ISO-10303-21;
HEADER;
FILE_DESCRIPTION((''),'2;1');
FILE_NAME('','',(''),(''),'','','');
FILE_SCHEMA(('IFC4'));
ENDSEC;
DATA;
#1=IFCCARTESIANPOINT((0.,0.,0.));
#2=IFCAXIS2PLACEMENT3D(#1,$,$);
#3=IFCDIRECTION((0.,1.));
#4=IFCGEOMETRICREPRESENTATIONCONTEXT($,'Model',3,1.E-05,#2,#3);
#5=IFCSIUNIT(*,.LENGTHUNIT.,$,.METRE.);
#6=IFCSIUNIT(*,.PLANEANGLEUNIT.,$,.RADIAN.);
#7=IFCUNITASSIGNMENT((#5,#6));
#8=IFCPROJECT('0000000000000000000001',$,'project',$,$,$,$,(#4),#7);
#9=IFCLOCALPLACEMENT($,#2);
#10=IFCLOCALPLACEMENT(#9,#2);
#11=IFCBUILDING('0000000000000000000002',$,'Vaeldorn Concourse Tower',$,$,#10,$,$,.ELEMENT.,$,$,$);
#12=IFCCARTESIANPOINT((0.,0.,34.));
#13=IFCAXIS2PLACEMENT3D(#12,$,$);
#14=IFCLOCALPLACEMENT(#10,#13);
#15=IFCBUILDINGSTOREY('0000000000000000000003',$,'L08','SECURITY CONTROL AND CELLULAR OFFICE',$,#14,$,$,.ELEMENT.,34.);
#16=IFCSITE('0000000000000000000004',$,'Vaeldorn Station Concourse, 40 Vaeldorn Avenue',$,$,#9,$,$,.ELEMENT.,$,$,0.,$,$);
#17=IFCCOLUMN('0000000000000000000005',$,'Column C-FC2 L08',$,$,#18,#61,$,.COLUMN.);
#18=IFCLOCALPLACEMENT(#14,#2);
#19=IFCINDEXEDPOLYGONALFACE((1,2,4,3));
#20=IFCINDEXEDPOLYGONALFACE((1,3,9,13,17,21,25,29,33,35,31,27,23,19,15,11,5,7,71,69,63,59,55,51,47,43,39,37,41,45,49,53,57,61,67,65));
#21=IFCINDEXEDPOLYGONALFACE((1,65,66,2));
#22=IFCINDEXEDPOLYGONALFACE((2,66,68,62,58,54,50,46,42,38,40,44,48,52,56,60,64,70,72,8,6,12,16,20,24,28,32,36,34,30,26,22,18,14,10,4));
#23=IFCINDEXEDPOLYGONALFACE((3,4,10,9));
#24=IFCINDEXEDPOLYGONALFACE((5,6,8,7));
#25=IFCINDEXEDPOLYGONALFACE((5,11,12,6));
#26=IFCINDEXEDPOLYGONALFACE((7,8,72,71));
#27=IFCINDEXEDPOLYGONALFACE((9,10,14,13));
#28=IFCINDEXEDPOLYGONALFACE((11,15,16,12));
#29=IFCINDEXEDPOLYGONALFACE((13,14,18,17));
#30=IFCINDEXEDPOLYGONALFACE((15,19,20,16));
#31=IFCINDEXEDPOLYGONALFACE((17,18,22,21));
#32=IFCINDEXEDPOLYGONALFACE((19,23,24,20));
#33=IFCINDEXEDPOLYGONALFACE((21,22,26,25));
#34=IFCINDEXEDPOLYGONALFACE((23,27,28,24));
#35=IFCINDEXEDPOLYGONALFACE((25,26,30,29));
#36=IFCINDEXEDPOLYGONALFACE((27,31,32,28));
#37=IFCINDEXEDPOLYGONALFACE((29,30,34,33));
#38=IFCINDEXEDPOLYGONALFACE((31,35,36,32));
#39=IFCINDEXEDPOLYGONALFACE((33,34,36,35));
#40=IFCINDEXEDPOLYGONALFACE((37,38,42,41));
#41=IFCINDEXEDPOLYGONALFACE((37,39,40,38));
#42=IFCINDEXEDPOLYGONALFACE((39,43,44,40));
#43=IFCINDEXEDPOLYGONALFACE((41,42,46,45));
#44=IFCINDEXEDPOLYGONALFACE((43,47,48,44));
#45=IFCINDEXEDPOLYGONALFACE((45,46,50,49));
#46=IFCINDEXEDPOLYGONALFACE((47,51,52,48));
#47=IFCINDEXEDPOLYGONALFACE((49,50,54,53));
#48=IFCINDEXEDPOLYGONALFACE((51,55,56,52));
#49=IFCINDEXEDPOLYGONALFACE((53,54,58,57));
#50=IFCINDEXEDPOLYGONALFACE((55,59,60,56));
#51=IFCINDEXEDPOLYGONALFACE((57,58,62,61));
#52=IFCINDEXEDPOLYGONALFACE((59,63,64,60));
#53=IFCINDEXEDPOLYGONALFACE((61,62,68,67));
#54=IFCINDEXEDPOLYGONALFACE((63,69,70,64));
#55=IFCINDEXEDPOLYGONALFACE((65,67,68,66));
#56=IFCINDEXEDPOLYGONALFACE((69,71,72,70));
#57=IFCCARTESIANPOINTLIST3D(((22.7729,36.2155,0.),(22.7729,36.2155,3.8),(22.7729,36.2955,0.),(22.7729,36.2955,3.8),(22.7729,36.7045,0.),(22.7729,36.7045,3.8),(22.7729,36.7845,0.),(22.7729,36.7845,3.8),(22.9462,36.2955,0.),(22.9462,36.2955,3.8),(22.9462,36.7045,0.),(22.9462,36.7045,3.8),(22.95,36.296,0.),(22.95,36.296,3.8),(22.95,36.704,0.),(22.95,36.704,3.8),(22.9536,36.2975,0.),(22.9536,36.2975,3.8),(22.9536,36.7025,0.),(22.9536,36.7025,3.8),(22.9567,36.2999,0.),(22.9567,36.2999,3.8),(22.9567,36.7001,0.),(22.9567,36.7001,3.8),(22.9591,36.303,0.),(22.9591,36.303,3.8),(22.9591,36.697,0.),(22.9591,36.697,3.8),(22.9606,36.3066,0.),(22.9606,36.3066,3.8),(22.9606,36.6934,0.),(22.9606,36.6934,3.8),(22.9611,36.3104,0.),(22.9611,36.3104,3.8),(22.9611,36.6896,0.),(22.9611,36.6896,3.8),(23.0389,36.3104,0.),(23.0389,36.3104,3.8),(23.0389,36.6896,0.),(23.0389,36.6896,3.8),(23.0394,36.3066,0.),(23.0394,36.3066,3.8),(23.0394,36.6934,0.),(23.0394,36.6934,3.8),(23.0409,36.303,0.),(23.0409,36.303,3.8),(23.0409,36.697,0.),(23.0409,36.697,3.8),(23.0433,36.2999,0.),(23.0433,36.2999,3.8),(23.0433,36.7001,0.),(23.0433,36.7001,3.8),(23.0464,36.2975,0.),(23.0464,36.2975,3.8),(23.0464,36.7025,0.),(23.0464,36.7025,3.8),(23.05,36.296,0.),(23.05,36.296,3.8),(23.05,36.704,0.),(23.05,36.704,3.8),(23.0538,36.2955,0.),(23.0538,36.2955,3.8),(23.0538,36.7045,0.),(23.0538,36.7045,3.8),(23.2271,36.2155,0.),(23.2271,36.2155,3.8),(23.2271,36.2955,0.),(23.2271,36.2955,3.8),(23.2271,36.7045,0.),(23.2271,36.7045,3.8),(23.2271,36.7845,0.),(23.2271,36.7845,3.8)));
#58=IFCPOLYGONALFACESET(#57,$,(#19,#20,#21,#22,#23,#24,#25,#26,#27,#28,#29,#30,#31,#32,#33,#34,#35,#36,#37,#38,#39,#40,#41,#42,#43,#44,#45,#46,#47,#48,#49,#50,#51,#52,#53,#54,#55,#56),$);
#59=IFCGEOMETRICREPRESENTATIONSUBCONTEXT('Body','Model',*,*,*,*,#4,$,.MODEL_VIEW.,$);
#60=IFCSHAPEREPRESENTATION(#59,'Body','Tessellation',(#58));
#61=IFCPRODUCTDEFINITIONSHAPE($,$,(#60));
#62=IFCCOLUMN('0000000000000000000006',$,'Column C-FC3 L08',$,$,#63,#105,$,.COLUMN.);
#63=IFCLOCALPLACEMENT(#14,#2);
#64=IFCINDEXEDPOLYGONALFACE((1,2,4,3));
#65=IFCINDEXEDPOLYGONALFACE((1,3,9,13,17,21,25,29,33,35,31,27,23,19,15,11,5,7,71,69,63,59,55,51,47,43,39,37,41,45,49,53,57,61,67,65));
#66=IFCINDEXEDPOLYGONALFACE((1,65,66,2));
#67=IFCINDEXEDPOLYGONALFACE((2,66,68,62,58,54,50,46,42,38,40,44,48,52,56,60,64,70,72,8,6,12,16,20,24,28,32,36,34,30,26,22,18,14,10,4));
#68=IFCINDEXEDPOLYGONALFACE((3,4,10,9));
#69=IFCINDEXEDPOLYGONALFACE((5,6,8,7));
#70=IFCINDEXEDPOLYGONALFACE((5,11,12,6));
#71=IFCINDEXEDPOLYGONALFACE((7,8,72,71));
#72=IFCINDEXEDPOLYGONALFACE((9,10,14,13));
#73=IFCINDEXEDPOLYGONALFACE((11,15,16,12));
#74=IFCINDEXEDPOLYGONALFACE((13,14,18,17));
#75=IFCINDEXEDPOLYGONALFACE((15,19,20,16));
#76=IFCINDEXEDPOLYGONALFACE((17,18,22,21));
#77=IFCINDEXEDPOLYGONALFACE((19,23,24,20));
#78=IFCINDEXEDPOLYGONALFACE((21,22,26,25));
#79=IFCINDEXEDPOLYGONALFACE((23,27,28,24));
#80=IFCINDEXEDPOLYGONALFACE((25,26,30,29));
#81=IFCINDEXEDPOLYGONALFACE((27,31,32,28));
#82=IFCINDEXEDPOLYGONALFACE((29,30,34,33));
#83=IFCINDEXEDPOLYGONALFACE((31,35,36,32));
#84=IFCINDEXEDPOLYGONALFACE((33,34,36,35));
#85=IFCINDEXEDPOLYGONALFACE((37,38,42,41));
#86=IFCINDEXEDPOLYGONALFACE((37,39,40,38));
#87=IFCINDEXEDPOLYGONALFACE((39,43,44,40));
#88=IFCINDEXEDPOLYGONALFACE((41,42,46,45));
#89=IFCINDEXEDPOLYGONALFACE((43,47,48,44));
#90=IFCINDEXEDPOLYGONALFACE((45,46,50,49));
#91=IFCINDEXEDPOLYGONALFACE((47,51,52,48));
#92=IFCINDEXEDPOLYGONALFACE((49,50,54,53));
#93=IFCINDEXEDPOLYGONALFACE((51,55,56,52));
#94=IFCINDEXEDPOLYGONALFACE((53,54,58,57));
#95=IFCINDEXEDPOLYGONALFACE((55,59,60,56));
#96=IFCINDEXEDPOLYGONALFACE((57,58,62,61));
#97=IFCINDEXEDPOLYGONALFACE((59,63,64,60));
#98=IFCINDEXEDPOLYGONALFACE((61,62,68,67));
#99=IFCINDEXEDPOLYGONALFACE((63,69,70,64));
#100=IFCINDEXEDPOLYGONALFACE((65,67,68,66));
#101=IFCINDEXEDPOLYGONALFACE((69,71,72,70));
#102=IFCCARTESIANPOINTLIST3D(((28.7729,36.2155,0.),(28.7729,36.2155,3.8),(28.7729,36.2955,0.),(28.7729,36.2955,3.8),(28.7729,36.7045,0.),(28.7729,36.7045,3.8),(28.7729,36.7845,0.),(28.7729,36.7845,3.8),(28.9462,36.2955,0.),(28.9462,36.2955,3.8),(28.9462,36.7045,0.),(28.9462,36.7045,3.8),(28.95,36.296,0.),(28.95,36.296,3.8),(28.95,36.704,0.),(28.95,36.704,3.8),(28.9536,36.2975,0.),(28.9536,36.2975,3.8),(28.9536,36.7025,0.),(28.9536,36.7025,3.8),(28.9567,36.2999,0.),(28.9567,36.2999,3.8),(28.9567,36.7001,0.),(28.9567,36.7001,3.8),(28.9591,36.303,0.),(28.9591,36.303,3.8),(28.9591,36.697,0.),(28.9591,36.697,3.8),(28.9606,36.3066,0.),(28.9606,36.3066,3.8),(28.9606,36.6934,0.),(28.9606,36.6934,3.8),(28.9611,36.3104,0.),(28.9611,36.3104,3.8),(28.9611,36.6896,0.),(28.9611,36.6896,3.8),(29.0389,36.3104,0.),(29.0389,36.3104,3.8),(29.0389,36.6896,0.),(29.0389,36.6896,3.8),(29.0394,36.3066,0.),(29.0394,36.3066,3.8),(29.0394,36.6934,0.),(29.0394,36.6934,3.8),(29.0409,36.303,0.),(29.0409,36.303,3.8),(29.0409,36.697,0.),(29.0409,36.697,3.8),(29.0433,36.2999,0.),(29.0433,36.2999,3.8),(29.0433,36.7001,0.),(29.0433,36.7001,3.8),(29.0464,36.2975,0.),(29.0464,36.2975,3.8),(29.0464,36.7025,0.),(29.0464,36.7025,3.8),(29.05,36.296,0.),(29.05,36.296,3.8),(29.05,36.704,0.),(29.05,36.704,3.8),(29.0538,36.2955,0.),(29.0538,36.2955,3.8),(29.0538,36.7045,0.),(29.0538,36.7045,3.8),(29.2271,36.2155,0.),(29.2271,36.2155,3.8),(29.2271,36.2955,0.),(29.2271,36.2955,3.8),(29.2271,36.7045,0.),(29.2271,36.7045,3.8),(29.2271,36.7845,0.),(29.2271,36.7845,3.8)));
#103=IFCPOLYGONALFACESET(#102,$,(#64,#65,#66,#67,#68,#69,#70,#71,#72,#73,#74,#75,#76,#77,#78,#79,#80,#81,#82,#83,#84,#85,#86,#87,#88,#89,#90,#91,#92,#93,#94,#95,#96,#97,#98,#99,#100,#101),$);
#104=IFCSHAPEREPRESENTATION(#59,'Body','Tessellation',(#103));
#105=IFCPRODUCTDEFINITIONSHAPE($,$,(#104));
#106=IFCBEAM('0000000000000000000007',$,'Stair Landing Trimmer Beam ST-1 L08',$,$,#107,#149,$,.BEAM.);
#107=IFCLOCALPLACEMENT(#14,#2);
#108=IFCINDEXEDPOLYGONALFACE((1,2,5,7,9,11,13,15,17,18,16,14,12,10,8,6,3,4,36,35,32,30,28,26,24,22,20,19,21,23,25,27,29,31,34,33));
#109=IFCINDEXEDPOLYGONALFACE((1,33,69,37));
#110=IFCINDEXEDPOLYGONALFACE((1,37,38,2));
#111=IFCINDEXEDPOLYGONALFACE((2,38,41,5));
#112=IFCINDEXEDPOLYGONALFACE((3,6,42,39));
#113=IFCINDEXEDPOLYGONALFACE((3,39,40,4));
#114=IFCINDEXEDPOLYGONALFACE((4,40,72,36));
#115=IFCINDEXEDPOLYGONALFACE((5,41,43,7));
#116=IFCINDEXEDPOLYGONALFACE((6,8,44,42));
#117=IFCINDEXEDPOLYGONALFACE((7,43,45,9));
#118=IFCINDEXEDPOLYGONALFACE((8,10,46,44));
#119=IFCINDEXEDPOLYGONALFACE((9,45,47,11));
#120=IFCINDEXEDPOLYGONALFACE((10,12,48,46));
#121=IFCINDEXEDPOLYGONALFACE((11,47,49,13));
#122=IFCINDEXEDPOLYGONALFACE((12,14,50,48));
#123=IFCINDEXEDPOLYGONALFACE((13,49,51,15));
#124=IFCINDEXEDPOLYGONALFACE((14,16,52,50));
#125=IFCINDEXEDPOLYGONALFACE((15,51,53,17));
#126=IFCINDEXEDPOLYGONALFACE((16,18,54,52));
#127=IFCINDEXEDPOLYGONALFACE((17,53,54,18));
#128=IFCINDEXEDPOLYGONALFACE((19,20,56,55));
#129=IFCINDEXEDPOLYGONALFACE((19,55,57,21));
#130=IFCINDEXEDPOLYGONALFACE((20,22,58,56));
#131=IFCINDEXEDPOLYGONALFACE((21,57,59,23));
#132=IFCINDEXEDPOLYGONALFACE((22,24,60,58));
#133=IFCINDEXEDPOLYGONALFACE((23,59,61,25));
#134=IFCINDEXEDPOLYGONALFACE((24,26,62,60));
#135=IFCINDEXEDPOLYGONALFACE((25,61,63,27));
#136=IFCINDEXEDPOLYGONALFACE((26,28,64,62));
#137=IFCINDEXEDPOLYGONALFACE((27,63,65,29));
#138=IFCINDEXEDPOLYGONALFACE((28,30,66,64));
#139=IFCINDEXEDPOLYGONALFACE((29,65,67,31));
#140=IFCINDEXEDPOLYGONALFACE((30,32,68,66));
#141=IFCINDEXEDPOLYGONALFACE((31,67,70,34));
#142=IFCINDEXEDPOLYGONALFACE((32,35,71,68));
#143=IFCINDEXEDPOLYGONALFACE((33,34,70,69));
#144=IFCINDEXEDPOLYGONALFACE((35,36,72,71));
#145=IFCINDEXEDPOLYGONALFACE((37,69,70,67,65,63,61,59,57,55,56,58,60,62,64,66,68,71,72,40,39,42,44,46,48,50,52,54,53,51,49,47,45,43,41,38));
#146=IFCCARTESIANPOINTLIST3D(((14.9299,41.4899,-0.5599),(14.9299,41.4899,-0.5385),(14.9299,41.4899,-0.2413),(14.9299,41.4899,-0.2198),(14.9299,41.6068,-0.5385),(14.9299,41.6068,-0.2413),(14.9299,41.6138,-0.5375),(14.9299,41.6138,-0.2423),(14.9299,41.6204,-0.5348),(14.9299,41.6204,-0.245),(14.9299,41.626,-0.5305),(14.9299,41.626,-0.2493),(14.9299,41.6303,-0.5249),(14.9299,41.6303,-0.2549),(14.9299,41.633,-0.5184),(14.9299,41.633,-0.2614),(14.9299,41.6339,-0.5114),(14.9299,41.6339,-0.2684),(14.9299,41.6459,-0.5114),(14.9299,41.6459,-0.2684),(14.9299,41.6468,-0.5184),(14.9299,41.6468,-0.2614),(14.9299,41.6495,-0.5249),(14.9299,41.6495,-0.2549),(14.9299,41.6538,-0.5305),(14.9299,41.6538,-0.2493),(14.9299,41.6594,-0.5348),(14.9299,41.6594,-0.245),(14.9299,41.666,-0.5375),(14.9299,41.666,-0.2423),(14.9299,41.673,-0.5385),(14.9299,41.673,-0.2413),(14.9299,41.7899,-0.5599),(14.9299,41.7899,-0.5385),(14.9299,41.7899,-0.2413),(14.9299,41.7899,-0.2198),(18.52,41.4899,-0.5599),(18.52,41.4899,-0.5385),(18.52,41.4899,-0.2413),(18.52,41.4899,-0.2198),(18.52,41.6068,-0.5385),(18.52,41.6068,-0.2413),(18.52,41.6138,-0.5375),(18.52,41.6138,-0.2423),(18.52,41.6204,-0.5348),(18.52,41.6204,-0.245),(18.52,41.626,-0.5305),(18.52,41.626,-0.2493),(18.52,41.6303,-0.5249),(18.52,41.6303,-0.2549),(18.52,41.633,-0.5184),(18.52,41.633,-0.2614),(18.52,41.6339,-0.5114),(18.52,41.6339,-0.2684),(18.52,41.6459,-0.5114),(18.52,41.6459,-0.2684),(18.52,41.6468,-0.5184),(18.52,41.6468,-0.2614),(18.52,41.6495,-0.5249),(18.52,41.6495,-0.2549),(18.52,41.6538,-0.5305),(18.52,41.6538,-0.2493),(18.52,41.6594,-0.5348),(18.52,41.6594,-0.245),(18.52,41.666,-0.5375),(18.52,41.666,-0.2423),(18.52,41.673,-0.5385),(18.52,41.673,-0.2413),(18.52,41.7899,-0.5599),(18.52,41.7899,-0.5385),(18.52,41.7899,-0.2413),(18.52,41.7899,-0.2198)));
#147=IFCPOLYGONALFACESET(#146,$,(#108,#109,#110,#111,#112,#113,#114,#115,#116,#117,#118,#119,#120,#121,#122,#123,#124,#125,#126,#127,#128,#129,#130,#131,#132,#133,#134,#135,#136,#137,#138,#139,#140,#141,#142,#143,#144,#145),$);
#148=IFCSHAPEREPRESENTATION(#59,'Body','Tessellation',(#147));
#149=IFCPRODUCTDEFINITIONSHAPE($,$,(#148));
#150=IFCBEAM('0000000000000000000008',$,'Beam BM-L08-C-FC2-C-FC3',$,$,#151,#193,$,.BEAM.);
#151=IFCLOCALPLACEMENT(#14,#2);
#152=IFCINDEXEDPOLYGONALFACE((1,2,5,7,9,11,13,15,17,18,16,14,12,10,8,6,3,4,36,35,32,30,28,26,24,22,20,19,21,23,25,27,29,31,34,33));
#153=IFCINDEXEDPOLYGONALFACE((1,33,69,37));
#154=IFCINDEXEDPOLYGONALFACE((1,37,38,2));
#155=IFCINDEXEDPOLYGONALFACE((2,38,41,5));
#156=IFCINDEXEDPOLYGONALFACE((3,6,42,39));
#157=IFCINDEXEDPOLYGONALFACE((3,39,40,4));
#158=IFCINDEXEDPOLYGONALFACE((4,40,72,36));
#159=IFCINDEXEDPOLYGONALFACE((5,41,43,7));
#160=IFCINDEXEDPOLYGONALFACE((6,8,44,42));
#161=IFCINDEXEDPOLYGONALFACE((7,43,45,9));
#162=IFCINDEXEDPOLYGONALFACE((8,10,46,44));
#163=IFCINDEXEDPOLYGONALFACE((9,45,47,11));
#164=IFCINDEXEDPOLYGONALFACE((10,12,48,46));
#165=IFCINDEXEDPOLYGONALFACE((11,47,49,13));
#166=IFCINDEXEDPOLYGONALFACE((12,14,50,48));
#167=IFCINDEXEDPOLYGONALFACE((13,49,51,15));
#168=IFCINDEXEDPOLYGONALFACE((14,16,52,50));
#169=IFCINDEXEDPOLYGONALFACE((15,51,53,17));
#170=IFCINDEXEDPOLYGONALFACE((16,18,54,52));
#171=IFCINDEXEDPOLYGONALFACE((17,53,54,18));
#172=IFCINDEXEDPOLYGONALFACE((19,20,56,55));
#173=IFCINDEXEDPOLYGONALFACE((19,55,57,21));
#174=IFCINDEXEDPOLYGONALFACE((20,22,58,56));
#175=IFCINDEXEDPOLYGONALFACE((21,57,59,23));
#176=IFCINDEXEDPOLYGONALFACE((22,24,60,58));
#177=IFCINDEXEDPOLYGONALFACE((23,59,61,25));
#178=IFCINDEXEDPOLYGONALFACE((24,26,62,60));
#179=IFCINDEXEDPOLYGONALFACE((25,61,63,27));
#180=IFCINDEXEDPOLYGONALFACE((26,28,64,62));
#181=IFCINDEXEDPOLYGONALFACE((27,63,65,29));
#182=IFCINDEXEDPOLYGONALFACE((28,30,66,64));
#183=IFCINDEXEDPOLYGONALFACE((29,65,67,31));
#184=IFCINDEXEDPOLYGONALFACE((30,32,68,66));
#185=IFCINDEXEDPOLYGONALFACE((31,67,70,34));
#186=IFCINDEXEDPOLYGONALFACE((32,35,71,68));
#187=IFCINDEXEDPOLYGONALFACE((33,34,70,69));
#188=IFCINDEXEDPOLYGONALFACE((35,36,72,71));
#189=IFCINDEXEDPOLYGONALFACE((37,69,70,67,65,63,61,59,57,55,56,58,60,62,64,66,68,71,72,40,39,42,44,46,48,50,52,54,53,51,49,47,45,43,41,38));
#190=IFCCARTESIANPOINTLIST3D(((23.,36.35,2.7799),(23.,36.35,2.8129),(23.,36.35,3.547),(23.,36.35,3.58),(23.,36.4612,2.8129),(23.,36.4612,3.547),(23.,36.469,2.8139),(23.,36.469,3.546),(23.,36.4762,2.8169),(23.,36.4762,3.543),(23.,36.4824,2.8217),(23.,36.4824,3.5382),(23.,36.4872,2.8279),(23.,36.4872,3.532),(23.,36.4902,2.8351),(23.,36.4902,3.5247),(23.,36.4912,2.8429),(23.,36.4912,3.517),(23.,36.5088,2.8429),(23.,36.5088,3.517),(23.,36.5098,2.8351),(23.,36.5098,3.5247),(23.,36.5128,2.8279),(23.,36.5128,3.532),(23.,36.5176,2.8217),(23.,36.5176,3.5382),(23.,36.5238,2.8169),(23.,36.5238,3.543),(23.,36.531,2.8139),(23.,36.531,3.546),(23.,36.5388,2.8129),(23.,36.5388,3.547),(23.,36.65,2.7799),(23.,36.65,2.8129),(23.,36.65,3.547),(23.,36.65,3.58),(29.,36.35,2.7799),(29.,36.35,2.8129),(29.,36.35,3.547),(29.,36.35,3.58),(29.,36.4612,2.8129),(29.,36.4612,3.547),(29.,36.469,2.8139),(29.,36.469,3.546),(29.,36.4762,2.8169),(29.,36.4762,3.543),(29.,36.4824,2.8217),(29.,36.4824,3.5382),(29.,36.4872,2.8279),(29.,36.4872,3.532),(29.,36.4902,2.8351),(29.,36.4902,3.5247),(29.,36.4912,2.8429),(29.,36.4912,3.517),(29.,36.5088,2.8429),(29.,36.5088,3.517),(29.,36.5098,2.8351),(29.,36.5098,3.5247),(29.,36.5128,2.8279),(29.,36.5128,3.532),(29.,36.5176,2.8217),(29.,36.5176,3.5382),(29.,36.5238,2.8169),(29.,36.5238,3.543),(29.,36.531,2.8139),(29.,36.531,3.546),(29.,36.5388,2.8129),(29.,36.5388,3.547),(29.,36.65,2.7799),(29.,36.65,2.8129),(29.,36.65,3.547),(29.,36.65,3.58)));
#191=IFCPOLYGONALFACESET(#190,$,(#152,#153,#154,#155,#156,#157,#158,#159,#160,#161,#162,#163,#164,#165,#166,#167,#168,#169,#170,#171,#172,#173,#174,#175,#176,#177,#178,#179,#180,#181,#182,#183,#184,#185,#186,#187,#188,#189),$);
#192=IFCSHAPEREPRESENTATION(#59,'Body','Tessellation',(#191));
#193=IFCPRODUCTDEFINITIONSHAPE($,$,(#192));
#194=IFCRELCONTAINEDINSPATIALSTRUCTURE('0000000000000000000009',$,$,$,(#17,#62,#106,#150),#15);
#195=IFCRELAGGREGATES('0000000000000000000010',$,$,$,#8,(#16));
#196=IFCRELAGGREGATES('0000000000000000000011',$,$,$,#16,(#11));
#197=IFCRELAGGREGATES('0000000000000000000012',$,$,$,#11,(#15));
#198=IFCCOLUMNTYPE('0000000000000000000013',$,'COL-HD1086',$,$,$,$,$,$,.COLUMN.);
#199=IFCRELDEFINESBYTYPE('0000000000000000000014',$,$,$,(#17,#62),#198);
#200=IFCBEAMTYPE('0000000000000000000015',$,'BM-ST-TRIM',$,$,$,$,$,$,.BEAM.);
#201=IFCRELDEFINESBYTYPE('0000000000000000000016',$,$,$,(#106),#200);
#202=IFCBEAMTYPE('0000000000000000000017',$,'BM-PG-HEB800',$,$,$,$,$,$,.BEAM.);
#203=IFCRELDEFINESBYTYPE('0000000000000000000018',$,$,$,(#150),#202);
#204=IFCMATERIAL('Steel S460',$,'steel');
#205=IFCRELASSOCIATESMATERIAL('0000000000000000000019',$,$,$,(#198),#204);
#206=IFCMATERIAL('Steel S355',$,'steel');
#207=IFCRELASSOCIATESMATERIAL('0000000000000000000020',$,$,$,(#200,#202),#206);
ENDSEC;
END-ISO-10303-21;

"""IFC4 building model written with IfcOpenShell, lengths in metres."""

from ifc_helpers import new_model, si_unit, direction, frame, origin, origin_2d, place, context, subcontext, project, spatial, i_section, extrude, source, transform, mapped, material, material_profile, profile_set, type_object, element, save


model = new_model("IFC4")

# Units and contexts
model_context = context("Model", 3, precision=1e-05, world=origin(), true_north=direction((0.0, 1.0)))
body_context = subcontext(model_context, "Body", "Model", "MODEL_VIEW")
ifc_project = project(units=[si_unit("LENGTHUNIT", "METRE"), si_unit("PLANEANGLEUNIT", "RADIAN")], contexts=[model_context])

# Site, building, storey
site_placement = place(None, origin())
site = spatial("IfcSite", under=ifc_project, at=site_placement, Name="Vaeldorn Station Concourse, 40 Vaeldorn Avenue", CompositionType="ELEMENT", RefElevation=0.0)
building_placement = place(site_placement, origin())
building = spatial("IfcBuilding", under=site, at=building_placement, Name="Vaeldorn Concourse Tower", CompositionType="ELEMENT")
storey_placement = place(building_placement, frame((0.0, 0.0, 34.0)))
storey = spatial("IfcBuildingStorey", under=building, at=storey_placement, Name="L08", Description="SECURITY CONTROL AND CELLULAR OFFICE", CompositionType="ELEMENT", Elevation=34.0)

# Columns
ifc_material_1 = material(Name="Steel S460", Category="steel")
ifc_material_profile_1 = material_profile(ifc_material_1, i_section(OverallWidth=0.4541, OverallDepth=0.5691, WebThickness=0.0779, FlangeThickness=0.0801, FilletRadius=0.0149, at=origin_2d()), Name="HD 400x1086")
ifc_profile_set_1 = profile_set([ifc_material_profile_1], Name="Steel S460")
column_type = type_object("IfcColumnType", Name="COL-HD1086", PredefinedType="COLUMN", material=ifc_profile_set_1)
shared_shape_1 = source(origin(), body_context, "Body", "SweptSolid", [
    extrude(i_section(OverallWidth=0.4541, OverallDepth=0.5691, WebThickness=0.0779, FlangeThickness=0.0801, FilletRadius=0.0149, at=origin_2d()), origin(), (0.0, 0.0, 1.0), 3.8),
])
for number, where, z_axis, x_axis, name in (
    (1, (23.0, 36.5, 0.0), (0.0, 0.0, 1.0), (1.0, 0.0, 0.0), "Column C-FC2 L08"),
    (2, (29.0, 36.5, 0.0), (0.0, 0.0, 1.0), (1.0, 0.0, 0.0), "Column C-FC3 L08"),
):
    element("IfcColumn", number, at=place(storey_placement, frame(where, z_axis=z_axis, x_axis=x_axis)), inside=storey, type_object=column_type, Name=name, PredefinedType="COLUMN", context=body_context, shape_type="MappedRepresentation", body=[
        mapped(shared_shape_1, transform((0.0, 0.0, 0.0), scale=1.0)),
    ])

# Beams
ifc_material_2 = material(Name="Steel S355", Category="steel")
ifc_material_profile_2 = material_profile(ifc_material_2, i_section(OverallWidth=0.3, OverallDepth=0.3401, WebThickness=0.012, FlangeThickness=0.0215, FilletRadius=0.0271, at=origin_2d()), Name="HEB 340")
ifc_profile_set_2 = profile_set([ifc_material_profile_2], Name="Steel S355")
beam_type_1 = type_object("IfcBeamType", Name="BM-ST-TRIM", PredefinedType="BEAM", material=ifc_profile_set_2)
shared_shape_2 = source(origin(), body_context, "Body", "SweptSolid", [
    extrude(i_section(OverallWidth=0.3, OverallDepth=0.3401, WebThickness=0.012, FlangeThickness=0.0215, FilletRadius=0.0271, at=origin_2d()), origin(), (0.0, 0.0, 1.0), 3.5901),
])
beam_1_placement = place(storey_placement, frame((14.9299, 41.6399, -0.3899), z_axis=(1.0, 0.0, 0.0), x_axis=(0.0, 1.0, 0.0)))
element("IfcBeam", 3, at=beam_1_placement, inside=storey, type_object=beam_type_1, Name="Stair Landing Trimmer Beam ST-1 L08", PredefinedType="BEAM", context=body_context, shape_type="MappedRepresentation", body=[
    mapped(shared_shape_2, transform((0.0, 0.0, 0.0), scale=1.0)),
])
ifc_material_profile_3 = material_profile(ifc_material_2, i_section(OverallWidth=0.3, OverallDepth=0.8, WebThickness=0.0176, FlangeThickness=0.033, FilletRadius=0.03, at=origin_2d()), Name="HEB 800")
ifc_profile_set_3 = profile_set([ifc_material_profile_3], Name="Steel S355")
beam_type_2 = type_object("IfcBeamType", Name="BM-PG-HEB800", PredefinedType="BEAM", material=ifc_profile_set_3)
shared_shape_3 = source(origin(), body_context, "Body", "SweptSolid", [
    extrude(i_section(OverallWidth=0.3, OverallDepth=0.8, WebThickness=0.0176, FlangeThickness=0.033, FilletRadius=0.03, at=origin_2d()), origin(), (0.0, 0.0, 1.0), 6.0),
])
beam_2_placement = place(storey_placement, frame((23.0, 36.5, 3.1799), z_axis=(1.0, 0.0, 0.0), x_axis=(0.0, 1.0, 0.0)))
element("IfcBeam", 4, at=beam_2_placement, inside=storey, type_object=beam_type_2, Name="Beam BM-L08-C-FC2-C-FC3", PredefinedType="BEAM", context=body_context, shape_type="MappedRepresentation", body=[
    mapped(shared_shape_3, transform((0.0, 0.0, 0.0), scale=1.0)),
])

save(model, "model.ifc")
